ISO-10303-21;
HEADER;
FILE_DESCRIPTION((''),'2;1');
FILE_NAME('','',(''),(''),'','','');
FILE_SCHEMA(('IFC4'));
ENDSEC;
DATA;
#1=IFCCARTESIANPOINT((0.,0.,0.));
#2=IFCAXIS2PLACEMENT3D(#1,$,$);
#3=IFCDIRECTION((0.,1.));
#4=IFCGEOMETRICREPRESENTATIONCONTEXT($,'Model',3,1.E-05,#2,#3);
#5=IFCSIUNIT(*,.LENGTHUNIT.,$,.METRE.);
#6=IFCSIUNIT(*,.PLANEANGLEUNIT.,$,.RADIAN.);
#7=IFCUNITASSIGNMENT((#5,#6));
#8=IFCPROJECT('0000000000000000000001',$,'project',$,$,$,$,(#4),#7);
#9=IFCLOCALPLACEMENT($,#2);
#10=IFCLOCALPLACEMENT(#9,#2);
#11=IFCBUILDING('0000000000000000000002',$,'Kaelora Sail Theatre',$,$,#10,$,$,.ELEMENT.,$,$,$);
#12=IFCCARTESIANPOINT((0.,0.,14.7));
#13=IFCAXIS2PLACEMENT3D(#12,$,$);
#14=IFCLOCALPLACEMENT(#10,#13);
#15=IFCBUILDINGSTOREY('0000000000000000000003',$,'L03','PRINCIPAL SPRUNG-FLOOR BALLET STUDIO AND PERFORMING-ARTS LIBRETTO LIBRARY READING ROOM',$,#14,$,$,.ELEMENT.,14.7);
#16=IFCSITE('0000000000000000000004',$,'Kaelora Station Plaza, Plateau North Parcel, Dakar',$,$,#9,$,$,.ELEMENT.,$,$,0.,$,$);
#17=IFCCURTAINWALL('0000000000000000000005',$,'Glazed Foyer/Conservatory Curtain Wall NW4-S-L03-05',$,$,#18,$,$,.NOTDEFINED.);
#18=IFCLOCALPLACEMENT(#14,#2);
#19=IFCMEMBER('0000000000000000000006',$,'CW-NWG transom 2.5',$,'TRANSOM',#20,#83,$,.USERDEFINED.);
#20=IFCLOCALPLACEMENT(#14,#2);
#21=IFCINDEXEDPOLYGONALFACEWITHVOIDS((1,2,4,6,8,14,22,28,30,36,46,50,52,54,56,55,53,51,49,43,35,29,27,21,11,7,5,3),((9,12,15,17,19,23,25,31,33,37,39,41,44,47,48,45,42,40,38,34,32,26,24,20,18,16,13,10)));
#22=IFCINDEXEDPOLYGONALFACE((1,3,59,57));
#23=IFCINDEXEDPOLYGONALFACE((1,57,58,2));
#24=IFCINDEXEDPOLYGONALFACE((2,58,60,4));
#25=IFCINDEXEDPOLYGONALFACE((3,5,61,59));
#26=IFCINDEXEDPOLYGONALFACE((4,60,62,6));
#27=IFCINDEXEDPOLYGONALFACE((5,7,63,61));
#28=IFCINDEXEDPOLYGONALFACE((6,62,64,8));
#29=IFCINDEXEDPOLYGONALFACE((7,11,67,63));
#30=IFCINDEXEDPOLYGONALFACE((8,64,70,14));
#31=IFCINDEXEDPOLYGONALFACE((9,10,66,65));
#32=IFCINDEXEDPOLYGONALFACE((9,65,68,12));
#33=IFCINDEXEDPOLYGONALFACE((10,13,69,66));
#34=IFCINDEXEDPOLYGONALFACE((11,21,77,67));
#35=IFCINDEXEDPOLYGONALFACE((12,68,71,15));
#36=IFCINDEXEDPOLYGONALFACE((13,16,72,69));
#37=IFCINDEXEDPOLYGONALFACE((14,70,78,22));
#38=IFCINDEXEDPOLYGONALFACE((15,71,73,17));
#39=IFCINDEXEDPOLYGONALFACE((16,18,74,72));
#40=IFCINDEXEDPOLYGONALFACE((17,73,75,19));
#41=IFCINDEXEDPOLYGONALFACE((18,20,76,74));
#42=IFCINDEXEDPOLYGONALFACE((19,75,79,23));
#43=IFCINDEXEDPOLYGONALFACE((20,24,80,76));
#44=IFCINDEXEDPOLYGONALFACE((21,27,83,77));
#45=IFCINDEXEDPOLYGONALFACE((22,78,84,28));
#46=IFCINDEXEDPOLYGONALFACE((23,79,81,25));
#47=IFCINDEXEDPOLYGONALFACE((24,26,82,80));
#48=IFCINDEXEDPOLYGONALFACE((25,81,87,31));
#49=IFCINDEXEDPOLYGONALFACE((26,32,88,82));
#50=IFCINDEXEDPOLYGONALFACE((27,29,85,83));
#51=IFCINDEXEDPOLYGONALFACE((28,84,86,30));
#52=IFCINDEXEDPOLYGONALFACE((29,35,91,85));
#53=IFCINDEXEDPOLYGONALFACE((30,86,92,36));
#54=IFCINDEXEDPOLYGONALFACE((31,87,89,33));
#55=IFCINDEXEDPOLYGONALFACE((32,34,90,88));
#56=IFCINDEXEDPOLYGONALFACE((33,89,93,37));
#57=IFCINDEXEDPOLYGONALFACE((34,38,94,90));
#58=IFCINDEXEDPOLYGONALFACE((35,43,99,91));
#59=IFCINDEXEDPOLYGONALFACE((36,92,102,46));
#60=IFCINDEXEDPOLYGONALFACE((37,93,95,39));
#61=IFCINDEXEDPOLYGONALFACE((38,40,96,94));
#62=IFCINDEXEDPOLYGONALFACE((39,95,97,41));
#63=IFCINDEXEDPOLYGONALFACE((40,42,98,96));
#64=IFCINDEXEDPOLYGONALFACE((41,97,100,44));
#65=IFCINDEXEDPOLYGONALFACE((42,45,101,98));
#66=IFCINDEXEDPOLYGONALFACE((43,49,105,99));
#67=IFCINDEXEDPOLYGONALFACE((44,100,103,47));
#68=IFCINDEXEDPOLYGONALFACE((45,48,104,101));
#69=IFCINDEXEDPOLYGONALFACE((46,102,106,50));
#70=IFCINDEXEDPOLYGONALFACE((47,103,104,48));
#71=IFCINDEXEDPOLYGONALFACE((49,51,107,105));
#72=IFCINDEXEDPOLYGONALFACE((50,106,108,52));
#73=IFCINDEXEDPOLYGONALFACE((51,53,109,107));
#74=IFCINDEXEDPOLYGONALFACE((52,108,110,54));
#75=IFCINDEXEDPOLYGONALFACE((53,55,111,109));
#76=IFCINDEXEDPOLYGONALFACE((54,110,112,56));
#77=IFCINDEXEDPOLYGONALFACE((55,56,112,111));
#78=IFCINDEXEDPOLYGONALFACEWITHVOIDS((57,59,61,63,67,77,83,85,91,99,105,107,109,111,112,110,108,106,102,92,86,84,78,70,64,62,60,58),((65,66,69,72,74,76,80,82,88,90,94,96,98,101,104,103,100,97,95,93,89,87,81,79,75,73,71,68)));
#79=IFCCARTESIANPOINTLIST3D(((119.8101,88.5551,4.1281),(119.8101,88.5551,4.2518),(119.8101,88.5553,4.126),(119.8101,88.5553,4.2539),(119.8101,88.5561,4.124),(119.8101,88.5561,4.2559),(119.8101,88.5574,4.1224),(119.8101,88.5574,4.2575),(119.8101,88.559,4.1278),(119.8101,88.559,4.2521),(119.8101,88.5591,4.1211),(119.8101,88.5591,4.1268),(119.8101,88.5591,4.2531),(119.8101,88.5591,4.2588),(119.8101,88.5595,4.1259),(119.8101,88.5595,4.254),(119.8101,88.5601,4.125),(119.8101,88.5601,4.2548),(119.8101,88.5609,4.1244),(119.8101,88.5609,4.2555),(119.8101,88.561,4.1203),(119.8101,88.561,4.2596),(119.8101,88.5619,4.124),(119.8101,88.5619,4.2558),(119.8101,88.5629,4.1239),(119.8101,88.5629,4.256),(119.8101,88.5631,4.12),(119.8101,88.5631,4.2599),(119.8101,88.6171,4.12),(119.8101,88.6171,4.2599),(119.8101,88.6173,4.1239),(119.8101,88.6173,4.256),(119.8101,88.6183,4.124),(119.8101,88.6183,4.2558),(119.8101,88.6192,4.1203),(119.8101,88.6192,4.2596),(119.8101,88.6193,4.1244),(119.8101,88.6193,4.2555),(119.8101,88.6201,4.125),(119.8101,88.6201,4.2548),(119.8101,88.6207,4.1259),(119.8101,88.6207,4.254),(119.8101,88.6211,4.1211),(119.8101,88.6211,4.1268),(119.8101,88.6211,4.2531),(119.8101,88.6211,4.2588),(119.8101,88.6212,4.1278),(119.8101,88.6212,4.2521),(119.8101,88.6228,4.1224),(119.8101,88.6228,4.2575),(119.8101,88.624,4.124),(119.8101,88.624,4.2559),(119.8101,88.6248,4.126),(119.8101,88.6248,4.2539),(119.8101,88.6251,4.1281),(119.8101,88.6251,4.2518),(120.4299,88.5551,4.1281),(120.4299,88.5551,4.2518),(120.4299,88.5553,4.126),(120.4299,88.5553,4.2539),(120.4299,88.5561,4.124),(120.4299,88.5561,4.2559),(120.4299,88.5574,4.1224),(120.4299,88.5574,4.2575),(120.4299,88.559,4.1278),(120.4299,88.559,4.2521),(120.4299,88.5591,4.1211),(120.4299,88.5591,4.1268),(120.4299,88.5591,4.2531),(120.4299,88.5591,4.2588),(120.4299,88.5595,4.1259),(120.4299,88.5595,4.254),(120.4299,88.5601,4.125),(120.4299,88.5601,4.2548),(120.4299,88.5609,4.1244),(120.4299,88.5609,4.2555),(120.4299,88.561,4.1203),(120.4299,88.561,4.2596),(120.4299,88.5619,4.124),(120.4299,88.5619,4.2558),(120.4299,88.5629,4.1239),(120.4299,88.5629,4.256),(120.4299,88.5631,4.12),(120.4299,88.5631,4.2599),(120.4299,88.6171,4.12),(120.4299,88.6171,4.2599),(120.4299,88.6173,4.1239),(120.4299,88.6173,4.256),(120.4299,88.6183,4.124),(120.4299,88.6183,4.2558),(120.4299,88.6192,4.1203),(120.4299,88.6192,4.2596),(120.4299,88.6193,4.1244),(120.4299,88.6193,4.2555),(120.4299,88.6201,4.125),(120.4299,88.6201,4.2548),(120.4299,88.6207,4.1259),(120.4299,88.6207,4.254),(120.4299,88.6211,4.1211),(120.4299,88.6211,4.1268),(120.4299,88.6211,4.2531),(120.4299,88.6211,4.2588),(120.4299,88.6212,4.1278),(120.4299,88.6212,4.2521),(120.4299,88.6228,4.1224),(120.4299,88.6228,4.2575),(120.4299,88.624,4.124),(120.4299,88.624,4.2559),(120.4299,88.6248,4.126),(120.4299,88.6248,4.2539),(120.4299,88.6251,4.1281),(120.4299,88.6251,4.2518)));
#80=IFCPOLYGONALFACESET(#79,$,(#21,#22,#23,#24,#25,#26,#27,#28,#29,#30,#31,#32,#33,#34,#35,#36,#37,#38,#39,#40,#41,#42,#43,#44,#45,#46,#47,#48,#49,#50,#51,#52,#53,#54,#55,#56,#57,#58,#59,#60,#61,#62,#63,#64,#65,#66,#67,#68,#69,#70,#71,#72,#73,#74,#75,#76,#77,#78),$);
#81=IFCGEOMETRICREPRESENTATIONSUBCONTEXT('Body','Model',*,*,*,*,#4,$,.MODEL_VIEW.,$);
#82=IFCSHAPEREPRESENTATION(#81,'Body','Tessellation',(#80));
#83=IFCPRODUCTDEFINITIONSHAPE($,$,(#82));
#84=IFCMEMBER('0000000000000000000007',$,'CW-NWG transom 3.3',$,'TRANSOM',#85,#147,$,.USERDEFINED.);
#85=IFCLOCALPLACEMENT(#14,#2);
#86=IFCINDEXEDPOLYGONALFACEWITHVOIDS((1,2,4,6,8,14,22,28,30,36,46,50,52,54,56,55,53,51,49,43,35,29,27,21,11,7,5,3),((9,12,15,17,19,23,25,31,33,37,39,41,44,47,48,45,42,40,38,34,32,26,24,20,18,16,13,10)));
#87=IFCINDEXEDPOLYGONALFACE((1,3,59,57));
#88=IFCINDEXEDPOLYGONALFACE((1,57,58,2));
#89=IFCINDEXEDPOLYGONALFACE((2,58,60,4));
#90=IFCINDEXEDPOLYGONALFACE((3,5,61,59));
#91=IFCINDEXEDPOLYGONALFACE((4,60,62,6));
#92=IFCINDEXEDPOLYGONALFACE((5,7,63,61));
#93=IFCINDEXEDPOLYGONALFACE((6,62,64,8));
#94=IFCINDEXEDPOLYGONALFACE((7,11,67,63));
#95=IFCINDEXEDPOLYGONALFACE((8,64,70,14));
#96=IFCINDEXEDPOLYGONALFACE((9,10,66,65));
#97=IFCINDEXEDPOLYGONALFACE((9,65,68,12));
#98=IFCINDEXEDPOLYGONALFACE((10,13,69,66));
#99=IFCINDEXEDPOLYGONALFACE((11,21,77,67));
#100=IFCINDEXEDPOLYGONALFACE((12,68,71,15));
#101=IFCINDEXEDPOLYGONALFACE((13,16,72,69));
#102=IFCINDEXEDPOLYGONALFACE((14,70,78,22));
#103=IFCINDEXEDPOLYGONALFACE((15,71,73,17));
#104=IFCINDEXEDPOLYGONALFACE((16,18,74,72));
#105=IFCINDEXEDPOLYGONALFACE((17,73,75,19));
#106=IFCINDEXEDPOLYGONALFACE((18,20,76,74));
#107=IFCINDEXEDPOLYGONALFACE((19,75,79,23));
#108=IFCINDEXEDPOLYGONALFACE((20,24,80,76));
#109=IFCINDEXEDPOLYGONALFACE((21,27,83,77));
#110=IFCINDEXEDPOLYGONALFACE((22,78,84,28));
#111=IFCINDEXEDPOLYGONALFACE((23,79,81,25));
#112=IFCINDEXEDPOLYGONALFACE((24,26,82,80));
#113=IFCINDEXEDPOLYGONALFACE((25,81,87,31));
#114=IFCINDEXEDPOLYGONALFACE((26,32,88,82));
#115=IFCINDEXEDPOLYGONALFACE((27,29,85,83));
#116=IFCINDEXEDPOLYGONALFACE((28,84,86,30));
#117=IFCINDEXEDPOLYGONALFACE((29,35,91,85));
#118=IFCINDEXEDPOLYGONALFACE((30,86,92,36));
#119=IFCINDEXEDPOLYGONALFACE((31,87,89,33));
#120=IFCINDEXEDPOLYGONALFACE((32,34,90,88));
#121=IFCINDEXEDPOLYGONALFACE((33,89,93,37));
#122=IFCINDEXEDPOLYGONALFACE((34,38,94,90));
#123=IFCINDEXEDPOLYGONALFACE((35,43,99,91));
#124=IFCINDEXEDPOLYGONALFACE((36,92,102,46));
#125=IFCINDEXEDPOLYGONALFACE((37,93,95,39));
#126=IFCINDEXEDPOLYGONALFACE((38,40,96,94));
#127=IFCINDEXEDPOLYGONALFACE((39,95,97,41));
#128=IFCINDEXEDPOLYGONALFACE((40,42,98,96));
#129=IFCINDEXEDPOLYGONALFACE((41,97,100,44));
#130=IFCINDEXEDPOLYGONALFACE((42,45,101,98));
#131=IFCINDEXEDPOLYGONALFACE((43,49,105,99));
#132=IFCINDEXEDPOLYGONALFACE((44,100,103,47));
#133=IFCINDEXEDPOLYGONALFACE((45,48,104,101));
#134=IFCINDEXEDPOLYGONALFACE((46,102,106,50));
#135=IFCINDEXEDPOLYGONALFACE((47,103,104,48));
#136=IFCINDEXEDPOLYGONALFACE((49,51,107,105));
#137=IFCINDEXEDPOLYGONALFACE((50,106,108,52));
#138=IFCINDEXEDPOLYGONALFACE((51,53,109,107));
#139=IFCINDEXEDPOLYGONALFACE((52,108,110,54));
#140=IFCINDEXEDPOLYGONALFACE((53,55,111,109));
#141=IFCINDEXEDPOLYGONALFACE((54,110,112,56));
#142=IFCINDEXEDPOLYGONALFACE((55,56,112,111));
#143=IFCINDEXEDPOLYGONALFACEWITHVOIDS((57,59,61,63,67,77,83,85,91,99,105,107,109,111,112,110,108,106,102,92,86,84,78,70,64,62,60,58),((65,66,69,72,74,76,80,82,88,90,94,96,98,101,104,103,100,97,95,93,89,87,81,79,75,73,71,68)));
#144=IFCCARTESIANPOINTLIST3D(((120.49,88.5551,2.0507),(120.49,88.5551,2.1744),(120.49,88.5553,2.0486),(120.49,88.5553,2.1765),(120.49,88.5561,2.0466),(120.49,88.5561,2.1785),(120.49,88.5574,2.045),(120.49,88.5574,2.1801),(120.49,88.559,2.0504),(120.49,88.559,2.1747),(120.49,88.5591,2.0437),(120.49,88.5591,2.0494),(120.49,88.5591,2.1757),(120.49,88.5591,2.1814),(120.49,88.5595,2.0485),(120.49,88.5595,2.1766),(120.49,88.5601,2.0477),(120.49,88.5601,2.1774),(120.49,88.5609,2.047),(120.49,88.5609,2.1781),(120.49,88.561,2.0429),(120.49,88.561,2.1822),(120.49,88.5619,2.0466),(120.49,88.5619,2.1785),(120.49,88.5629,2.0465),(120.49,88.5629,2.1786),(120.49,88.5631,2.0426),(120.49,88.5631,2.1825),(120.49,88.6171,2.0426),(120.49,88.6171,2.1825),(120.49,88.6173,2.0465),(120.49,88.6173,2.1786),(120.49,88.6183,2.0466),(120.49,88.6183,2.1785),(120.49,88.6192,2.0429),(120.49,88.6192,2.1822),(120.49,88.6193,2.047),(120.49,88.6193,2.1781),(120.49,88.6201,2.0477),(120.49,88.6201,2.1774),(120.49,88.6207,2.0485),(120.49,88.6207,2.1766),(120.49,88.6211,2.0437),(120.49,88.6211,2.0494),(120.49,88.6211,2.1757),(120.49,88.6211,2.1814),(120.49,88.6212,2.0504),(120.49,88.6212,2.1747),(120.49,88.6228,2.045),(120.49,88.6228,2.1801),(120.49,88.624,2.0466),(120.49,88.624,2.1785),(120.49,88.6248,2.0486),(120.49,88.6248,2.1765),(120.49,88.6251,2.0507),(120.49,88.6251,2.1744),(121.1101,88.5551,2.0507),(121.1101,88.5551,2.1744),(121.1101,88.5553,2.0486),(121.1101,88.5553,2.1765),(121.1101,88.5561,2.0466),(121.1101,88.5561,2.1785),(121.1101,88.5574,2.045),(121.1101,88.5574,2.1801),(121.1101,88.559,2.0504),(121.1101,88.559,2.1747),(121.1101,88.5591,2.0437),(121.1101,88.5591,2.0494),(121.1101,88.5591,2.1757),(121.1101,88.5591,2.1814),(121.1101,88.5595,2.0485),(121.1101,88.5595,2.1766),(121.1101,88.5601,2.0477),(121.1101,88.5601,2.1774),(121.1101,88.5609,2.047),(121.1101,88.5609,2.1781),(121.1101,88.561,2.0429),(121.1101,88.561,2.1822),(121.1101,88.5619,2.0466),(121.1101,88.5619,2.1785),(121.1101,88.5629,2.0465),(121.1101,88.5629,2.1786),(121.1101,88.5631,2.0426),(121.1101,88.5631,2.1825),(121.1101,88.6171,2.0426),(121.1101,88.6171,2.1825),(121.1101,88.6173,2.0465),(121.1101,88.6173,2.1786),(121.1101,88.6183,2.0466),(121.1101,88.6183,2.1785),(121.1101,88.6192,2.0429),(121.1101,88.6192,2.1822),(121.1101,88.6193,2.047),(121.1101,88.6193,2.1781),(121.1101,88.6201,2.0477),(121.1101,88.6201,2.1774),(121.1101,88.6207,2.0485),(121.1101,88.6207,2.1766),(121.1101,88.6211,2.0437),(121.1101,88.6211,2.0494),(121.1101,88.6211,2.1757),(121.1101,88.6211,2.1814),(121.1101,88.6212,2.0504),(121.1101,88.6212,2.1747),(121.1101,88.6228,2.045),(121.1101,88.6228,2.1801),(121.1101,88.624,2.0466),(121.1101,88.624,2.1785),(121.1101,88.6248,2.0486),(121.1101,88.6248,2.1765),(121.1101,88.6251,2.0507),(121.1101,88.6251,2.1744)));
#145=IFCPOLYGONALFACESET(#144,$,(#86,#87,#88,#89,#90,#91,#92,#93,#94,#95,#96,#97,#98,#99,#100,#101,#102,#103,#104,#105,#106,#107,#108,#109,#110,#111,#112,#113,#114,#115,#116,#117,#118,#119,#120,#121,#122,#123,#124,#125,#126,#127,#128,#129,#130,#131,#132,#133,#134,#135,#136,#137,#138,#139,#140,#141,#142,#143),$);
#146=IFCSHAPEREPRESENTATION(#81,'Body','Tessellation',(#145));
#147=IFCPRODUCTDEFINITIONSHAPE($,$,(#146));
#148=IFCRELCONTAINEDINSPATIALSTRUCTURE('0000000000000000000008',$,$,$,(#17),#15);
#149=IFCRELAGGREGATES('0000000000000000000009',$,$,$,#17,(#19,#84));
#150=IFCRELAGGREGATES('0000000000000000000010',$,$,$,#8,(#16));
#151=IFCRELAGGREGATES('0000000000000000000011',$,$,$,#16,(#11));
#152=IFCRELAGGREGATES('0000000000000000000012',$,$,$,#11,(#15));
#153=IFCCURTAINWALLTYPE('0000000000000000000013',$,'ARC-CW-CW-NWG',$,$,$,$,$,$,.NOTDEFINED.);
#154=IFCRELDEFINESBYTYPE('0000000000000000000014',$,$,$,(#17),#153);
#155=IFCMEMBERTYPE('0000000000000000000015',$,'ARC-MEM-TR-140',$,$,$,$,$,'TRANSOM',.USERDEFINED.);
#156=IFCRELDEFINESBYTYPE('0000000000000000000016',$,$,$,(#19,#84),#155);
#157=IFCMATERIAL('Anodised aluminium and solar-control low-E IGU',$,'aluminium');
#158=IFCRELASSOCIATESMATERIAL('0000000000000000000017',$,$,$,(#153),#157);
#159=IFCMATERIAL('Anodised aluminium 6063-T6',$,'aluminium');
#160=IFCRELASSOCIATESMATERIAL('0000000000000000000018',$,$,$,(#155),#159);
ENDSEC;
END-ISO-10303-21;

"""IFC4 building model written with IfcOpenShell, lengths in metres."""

from ifc_helpers import new_model, si_unit, direction, frame, origin, origin_2d, place, context, subcontext, project, spatial, hollow_rectangle, extrude, material, material_profile, profile_set, type_object, element, aggregate, save


model = new_model("IFC4")

# Units and contexts
model_context = context("Model", 3, precision=1e-05, world=origin(), true_north=direction((0.0, 1.0)))
body_context = subcontext(model_context, "Body", "Model", "MODEL_VIEW")
ifc_project = project(units=[si_unit("LENGTHUNIT", "METRE"), si_unit("PLANEANGLEUNIT", "RADIAN")], contexts=[model_context])

# Site, building, storey
site_placement = place(None, origin())
site = spatial("IfcSite", under=ifc_project, at=site_placement, Name="Kaelora Station Plaza, Plateau North Parcel, Dakar", CompositionType="ELEMENT", RefElevation=0.0)
building_placement = place(site_placement, origin())
building = spatial("IfcBuilding", under=site, at=building_placement, Name="Kaelora Sail Theatre", CompositionType="ELEMENT")
storey_placement = place(building_placement, frame((0.0, 0.0, 14.7)))
storey = spatial("IfcBuildingStorey", under=building, at=storey_placement, Name="L03", Description="PRINCIPAL SPRUNG-FLOOR BALLET STUDIO AND PERFORMING-ARTS LIBRETTO LIBRARY READING ROOM", CompositionType="ELEMENT", Elevation=14.7)

# Curtain wall, members
ifc_material_1 = material(Name="Anodised aluminium and solar-control low-E IGU", Category="aluminium")
curtain_wall_type = type_object("IfcCurtainWallType", Name="ARC-CW-CW-NWG", PredefinedType="NOTDEFINED", material=ifc_material_1)
ifc_material_2 = material(Name="Anodised aluminium 6063-T6", Category="aluminium")
ifc_material_profile = material_profile(ifc_material_2, hollow_rectangle(XDim=0.0701, YDim=0.1399, WallThickness=0.0039, InnerFilletRadius=0.0039, OuterFilletRadius=0.0081, at=origin_2d()), Name="ALU-TRAN 70x140x4")
ifc_profile_set = profile_set([ifc_material_profile], Name="Anodised aluminium 6063-T6")
member_type = type_object("IfcMemberType", Name="ARC-MEM-TR-140", ElementType="TRANSOM", PredefinedType="USERDEFINED", material=ifc_profile_set)
curtain_wall_1_placement = place(storey_placement, origin())
curtain_wall_1 = element("IfcCurtainWall", 1, at=curtain_wall_1_placement, inside=storey, type_object=curtain_wall_type, Name="Glazed Foyer/Conservatory Curtain Wall NW4-S-L03-05", PredefinedType="NOTDEFINED")
member_1_placement = place(storey_placement, frame((119.8101, 88.5901, 4.1899), z_axis=(1.0, 0.0, 0.0), x_axis=(0.0, 1.0, 0.0)))
member_1 = element("IfcMember", 2, at=member_1_placement, type_object=member_type, Name="CW-NWG transom 2.5", ObjectType="TRANSOM", PredefinedType="USERDEFINED", context=body_context, shape_type="SweptSolid", body=[
    extrude(hollow_rectangle(XDim=0.0701, YDim=0.1399, WallThickness=0.0039, InnerFilletRadius=0.0039, OuterFilletRadius=0.0081, at=origin_2d()), origin(), (0.0, 0.0, 1.0), 0.6199),
])
member_2_placement = place(storey_placement, frame((120.49, 88.5901, 2.1125), z_axis=(1.0, 0.0, 0.0), x_axis=(0.0, 1.0, 0.0)))
member_2 = element("IfcMember", 3, at=member_2_placement, type_object=member_type, Name="CW-NWG transom 3.3", ObjectType="TRANSOM", PredefinedType="USERDEFINED", context=body_context, shape_type="SweptSolid", body=[
    extrude(hollow_rectangle(XDim=0.0701, YDim=0.1399, WallThickness=0.0039, InnerFilletRadius=0.0039, OuterFilletRadius=0.0081, at=origin_2d()), origin(), (0.0, 0.0, 1.0), 0.6201),
])

aggregate(curtain_wall_1, [member_1, member_2])

save(model, "model.ifc")
